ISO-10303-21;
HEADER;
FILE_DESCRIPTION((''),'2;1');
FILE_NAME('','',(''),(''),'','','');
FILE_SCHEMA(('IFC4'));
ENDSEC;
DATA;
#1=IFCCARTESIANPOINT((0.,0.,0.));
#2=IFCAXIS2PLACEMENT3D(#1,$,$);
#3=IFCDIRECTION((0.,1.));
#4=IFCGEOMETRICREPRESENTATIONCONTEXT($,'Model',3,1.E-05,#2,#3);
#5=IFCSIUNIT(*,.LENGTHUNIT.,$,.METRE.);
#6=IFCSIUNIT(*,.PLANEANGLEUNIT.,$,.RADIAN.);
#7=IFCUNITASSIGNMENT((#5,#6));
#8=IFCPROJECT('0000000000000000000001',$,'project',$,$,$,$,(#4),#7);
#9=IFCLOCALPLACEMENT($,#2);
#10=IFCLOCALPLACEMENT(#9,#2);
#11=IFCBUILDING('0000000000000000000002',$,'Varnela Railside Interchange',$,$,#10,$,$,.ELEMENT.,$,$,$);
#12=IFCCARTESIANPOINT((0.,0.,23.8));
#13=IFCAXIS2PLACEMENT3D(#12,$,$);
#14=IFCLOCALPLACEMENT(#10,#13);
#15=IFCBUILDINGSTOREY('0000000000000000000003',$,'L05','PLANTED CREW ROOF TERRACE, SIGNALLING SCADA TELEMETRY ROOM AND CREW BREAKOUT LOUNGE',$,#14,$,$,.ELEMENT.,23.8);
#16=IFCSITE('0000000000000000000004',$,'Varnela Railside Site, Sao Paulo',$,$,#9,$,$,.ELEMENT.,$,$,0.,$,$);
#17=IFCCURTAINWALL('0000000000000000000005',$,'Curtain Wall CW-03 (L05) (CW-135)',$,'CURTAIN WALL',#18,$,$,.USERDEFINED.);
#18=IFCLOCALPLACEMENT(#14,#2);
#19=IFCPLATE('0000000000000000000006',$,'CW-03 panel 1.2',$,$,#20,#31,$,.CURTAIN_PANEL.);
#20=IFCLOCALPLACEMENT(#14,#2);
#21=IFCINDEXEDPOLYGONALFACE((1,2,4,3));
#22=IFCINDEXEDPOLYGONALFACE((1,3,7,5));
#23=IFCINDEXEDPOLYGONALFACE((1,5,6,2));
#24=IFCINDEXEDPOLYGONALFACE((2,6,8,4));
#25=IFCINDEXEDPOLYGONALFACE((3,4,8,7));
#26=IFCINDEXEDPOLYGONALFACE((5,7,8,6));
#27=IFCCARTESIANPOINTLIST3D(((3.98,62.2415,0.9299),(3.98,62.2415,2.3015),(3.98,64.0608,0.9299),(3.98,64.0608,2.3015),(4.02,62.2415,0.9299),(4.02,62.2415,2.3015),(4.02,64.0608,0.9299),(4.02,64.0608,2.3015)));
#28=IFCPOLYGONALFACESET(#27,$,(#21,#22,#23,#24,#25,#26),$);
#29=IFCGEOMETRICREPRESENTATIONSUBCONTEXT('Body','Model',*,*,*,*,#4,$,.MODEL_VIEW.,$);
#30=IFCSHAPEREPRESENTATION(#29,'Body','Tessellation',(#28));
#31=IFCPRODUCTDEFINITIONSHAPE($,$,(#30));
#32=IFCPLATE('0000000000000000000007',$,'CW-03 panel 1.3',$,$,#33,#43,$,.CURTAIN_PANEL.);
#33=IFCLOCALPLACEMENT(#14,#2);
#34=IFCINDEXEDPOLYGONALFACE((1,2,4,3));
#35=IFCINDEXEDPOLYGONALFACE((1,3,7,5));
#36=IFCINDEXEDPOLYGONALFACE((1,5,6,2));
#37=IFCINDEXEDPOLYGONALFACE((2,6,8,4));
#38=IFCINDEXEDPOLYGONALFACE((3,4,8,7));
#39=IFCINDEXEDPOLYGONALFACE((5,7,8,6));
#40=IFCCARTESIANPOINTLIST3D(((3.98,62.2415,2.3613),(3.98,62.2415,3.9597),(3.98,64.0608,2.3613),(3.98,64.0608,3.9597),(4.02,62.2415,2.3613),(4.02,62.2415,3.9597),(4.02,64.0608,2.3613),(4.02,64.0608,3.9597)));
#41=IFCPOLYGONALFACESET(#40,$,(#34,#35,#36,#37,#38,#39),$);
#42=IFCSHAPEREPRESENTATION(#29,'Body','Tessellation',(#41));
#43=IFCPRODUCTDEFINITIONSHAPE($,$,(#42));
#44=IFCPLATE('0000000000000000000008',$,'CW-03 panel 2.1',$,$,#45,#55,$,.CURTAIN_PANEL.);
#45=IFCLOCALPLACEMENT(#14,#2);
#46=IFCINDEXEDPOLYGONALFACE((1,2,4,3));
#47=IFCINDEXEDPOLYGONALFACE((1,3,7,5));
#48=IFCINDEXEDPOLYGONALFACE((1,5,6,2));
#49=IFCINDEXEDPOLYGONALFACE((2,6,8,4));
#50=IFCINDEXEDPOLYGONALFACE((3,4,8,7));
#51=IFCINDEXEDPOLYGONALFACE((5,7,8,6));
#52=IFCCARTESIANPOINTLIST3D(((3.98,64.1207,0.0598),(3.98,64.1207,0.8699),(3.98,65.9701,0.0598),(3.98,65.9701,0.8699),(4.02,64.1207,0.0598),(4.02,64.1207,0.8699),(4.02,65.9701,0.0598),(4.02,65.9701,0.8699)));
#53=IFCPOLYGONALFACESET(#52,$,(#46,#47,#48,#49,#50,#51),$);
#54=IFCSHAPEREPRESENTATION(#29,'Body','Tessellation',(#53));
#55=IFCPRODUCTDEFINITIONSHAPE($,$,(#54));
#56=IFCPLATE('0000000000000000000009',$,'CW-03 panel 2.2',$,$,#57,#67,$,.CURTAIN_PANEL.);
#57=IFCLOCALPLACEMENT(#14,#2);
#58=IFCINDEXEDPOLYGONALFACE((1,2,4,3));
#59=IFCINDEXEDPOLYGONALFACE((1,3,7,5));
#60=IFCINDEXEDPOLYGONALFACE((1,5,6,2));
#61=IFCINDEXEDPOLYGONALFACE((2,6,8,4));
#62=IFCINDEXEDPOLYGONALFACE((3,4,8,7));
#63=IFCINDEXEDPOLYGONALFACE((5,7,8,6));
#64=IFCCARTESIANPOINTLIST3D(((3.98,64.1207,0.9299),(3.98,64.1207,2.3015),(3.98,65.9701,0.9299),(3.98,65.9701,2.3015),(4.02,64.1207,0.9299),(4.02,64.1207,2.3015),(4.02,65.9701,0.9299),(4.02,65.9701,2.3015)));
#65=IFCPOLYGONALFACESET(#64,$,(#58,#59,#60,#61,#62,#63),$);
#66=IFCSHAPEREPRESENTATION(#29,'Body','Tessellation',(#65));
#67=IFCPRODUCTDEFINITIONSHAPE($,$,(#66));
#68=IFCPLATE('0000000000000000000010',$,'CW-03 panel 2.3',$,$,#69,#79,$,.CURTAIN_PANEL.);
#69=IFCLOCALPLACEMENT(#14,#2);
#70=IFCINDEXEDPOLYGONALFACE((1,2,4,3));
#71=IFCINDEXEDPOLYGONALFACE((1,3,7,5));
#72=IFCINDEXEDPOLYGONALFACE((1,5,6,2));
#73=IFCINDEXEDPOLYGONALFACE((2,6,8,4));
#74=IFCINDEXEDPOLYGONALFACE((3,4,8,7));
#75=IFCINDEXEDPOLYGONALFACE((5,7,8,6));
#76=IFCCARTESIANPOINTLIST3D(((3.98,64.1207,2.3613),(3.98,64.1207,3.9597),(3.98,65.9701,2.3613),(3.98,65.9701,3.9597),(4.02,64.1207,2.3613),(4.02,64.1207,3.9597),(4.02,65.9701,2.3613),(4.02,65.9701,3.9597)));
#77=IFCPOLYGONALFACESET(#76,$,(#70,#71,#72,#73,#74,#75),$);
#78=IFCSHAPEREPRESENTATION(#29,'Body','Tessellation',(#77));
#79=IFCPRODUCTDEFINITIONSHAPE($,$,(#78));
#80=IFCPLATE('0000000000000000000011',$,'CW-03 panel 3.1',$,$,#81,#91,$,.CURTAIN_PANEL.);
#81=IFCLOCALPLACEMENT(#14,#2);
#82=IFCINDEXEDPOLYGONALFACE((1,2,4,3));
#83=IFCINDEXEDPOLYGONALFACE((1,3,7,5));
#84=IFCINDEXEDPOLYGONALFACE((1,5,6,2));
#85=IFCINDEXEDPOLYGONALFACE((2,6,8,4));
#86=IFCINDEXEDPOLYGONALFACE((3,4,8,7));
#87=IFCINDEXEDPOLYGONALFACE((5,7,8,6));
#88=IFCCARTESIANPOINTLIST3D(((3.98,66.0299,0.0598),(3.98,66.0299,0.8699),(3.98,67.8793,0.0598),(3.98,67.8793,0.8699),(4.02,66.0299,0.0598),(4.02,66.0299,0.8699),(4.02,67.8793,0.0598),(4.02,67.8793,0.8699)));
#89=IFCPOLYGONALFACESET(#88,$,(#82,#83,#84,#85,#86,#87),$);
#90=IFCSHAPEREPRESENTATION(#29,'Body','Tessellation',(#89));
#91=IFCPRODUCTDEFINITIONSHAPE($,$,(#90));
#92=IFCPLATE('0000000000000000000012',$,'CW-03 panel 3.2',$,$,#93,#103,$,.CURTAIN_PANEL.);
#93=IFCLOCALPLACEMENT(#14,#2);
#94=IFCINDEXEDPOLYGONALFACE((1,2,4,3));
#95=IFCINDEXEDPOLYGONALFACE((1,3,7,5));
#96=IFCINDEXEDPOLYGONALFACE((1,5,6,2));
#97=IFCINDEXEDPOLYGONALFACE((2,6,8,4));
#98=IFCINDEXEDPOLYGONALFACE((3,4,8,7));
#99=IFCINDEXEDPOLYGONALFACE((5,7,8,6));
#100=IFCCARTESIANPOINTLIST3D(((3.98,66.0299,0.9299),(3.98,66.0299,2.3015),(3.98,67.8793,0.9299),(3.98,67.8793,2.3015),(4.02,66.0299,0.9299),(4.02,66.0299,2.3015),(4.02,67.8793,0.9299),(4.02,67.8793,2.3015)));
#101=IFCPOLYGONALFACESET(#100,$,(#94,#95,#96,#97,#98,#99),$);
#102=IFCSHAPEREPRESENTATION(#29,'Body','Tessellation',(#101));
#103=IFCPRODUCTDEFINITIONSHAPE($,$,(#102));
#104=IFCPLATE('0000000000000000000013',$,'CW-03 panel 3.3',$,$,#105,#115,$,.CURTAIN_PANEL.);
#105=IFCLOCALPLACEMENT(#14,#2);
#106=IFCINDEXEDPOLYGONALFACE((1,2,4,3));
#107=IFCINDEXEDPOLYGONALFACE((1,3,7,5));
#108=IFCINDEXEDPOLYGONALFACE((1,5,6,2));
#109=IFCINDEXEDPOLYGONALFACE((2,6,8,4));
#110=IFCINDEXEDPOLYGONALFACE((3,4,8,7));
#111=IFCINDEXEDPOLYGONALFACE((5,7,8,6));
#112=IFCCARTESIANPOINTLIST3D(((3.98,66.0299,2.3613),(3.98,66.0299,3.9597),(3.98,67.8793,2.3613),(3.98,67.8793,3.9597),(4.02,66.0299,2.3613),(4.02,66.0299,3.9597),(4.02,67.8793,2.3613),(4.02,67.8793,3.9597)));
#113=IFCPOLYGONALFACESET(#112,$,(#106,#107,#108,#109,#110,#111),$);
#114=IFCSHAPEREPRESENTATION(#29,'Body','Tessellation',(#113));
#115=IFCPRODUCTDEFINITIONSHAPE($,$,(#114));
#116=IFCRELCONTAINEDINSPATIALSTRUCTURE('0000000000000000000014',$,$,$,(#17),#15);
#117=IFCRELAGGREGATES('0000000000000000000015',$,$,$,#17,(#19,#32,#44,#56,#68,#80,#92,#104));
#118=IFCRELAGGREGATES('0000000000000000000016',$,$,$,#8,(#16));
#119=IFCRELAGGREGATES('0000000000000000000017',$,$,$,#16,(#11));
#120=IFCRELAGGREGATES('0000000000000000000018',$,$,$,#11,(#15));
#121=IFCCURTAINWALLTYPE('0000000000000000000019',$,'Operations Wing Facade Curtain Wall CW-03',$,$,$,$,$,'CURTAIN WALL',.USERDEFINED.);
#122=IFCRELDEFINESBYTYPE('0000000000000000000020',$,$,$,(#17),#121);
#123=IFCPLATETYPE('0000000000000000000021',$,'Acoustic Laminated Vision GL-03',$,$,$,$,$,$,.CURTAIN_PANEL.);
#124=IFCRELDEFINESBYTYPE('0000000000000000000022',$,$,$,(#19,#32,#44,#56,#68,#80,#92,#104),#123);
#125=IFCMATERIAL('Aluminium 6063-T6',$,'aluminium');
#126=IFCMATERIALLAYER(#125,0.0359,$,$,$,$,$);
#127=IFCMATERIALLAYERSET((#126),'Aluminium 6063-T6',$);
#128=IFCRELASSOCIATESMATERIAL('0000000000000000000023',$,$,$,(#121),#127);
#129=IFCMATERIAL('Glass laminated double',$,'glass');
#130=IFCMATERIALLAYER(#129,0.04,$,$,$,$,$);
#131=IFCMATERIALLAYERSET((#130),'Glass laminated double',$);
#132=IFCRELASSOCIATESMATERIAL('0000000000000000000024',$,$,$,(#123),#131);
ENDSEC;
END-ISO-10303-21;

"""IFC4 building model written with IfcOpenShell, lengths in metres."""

from ifc_helpers import new_model, si_unit, direction, frame, origin, origin_2d, place, context, subcontext, project, spatial, rectangle, extrude, material, layer, layer_set, type_object, element, aggregate, save


model = new_model("IFC4")

# Units and contexts
model_context = context("Model", 3, precision=1e-05, world=origin(), true_north=direction((0.0, 1.0)))
body_context = subcontext(model_context, "Body", "Model", "MODEL_VIEW")
ifc_project = project(units=[si_unit("LENGTHUNIT", "METRE"), si_unit("PLANEANGLEUNIT", "RADIAN")], contexts=[model_context])

# Site, building, storey
site_placement = place(None, origin())
site = spatial("IfcSite", under=ifc_project, at=site_placement, Name="Varnela Railside Site, Sao Paulo", CompositionType="ELEMENT", RefElevation=0.0)
building_placement = place(site_placement, origin())
building = spatial("IfcBuilding", under=site, at=building_placement, Name="Varnela Railside Interchange", CompositionType="ELEMENT")
storey_placement = place(building_placement, frame((0.0, 0.0, 23.8)))
storey = spatial("IfcBuildingStorey", under=building, at=storey_placement, Name="L05", Description="PLANTED CREW ROOF TERRACE, SIGNALLING SCADA TELEMETRY ROOM AND CREW BREAKOUT LOUNGE", CompositionType="ELEMENT", Elevation=23.8)

# Curtain wall, plates
ifc_material_1 = material(Name="Aluminium 6063-T6", Category="aluminium")
ifc_layer_1 = layer(ifc_material_1, 0.0359)
ifc_layer_set_1 = layer_set([ifc_layer_1], Name="Aluminium 6063-T6")
curtain_wall_type = type_object("IfcCurtainWallType", Name="Operations Wing Facade Curtain Wall CW-03", ElementType="CURTAIN WALL", PredefinedType="USERDEFINED", material=ifc_layer_set_1)
curtain_wall_placement = place(storey_placement, origin())
curtain_wall = element("IfcCurtainWall", 1, at=curtain_wall_placement, inside=storey, type_object=curtain_wall_type, Name="Curtain Wall CW-03 (L05) (CW-135)", ObjectType="CURTAIN WALL", PredefinedType="USERDEFINED")
ifc_material_2 = material(Name="Glass laminated double", Category="glass")
ifc_layer_2 = layer(ifc_material_2, 0.04)
ifc_layer_set_2 = layer_set([ifc_layer_2], Name="Glass laminated double")
plate_type = type_object("IfcPlateType", Name="Acoustic Laminated Vision GL-03", PredefinedType="CURTAIN_PANEL", material=ifc_layer_set_2)
plate_1_placement = place(storey_placement, frame((4.0, 63.1511, 0.9299), z_axis=(0.0, 0.0, 1.0), x_axis=(0.0, 1.0, 0.0)))
plate_1 = element("IfcPlate", 2, at=plate_1_placement, type_object=plate_type, Name="CW-03 panel 1.2", PredefinedType="CURTAIN_PANEL", context=body_context, shape_type="SweptSolid", body=[
    extrude(rectangle(XDim=1.8193, YDim=0.04, at=origin_2d()), origin(), (0.0, 0.0, 1.0), 1.3716),
])
plate_2_placement = place(storey_placement, frame((4.0, 63.1511, 2.3613), z_axis=(0.0, 0.0, 1.0), x_axis=(0.0, 1.0, 0.0)))
plate_2 = element("IfcPlate", 3, at=plate_2_placement, type_object=plate_type, Name="CW-03 panel 1.3", PredefinedType="CURTAIN_PANEL", context=body_context, shape_type="SweptSolid", body=[
    extrude(rectangle(XDim=1.8193, YDim=0.04, at=origin_2d()), origin(), (0.0, 0.0, 1.0), 1.5984),
])
plate_3_placement = place(storey_placement, frame((4.0, 65.0454, 0.0598), z_axis=(0.0, 0.0, 1.0), x_axis=(0.0, 1.0, 0.0)))
plate_3 = element("IfcPlate", 4, at=plate_3_placement, type_object=plate_type, Name="CW-03 panel 2.1", PredefinedType="CURTAIN_PANEL", context=body_context, shape_type="SweptSolid", body=[
    extrude(rectangle(XDim=1.8494, YDim=0.04, at=origin_2d()), origin(), (0.0, 0.0, 1.0), 0.8101),
])
plate_4_placement = place(storey_placement, frame((4.0, 65.0454, 0.9299), z_axis=(0.0, 0.0, 1.0), x_axis=(0.0, 1.0, 0.0)))
plate_4 = element("IfcPlate", 5, at=plate_4_placement, type_object=plate_type, Name="CW-03 panel 2.2", PredefinedType="CURTAIN_PANEL", context=body_context, shape_type="SweptSolid", body=[
    extrude(rectangle(XDim=1.8494, YDim=0.04, at=origin_2d()), origin(), (0.0, 0.0, 1.0), 1.3716),
])
plate_5_placement = place(storey_placement, frame((4.0, 65.0454, 2.3613), z_axis=(0.0, 0.0, 1.0), x_axis=(0.0, 1.0, 0.0)))
plate_5 = element("IfcPlate", 6, at=plate_5_placement, type_object=plate_type, Name="CW-03 panel 2.3", PredefinedType="CURTAIN_PANEL", context=body_context, shape_type="SweptSolid", body=[
    extrude(rectangle(XDim=1.8494, YDim=0.04, at=origin_2d()), origin(), (0.0, 0.0, 1.0), 1.5984),
])
plate_6_placement = place(storey_placement, frame((4.0, 66.9546, 0.0598), z_axis=(0.0, 0.0, 1.0), x_axis=(0.0, 1.0, 0.0)))
plate_6 = element("IfcPlate", 7, at=plate_6_placement, type_object=plate_type, Name="CW-03 panel 3.1", PredefinedType="CURTAIN_PANEL", context=body_context, shape_type="SweptSolid", body=[
    extrude(rectangle(XDim=1.8494, YDim=0.04, at=origin_2d()), origin(), (0.0, 0.0, 1.0), 0.8101),
])
plate_7_placement = place(storey_placement, frame((4.0, 66.9546, 0.9299), z_axis=(0.0, 0.0, 1.0), x_axis=(0.0, 1.0, 0.0)))
plate_7 = element("IfcPlate", 8, at=plate_7_placement, type_object=plate_type, Name="CW-03 panel 3.2", PredefinedType="CURTAIN_PANEL", context=body_context, shape_type="SweptSolid", body=[
    extrude(rectangle(XDim=1.8494, YDim=0.04, at=origin_2d()), origin(), (0.0, 0.0, 1.0), 1.3716),
])
plate_8_placement = place(storey_placement, frame((4.0, 66.9546, 2.3613), z_axis=(0.0, 0.0, 1.0), x_axis=(0.0, 1.0, 0.0)))
plate_8 = element("IfcPlate", 9, at=plate_8_placement, type_object=plate_type, Name="CW-03 panel 3.3", PredefinedType="CURTAIN_PANEL", context=body_context, shape_type="SweptSolid", body=[
    extrude(rectangle(XDim=1.8494, YDim=0.04, at=origin_2d()), origin(), (0.0, 0.0, 1.0), 1.5984),
])
aggregate(curtain_wall, [plate_1, plate_2, plate_3, plate_4, plate_5, plate_6, plate_7, plate_8])

save(model, "model.ifc")
